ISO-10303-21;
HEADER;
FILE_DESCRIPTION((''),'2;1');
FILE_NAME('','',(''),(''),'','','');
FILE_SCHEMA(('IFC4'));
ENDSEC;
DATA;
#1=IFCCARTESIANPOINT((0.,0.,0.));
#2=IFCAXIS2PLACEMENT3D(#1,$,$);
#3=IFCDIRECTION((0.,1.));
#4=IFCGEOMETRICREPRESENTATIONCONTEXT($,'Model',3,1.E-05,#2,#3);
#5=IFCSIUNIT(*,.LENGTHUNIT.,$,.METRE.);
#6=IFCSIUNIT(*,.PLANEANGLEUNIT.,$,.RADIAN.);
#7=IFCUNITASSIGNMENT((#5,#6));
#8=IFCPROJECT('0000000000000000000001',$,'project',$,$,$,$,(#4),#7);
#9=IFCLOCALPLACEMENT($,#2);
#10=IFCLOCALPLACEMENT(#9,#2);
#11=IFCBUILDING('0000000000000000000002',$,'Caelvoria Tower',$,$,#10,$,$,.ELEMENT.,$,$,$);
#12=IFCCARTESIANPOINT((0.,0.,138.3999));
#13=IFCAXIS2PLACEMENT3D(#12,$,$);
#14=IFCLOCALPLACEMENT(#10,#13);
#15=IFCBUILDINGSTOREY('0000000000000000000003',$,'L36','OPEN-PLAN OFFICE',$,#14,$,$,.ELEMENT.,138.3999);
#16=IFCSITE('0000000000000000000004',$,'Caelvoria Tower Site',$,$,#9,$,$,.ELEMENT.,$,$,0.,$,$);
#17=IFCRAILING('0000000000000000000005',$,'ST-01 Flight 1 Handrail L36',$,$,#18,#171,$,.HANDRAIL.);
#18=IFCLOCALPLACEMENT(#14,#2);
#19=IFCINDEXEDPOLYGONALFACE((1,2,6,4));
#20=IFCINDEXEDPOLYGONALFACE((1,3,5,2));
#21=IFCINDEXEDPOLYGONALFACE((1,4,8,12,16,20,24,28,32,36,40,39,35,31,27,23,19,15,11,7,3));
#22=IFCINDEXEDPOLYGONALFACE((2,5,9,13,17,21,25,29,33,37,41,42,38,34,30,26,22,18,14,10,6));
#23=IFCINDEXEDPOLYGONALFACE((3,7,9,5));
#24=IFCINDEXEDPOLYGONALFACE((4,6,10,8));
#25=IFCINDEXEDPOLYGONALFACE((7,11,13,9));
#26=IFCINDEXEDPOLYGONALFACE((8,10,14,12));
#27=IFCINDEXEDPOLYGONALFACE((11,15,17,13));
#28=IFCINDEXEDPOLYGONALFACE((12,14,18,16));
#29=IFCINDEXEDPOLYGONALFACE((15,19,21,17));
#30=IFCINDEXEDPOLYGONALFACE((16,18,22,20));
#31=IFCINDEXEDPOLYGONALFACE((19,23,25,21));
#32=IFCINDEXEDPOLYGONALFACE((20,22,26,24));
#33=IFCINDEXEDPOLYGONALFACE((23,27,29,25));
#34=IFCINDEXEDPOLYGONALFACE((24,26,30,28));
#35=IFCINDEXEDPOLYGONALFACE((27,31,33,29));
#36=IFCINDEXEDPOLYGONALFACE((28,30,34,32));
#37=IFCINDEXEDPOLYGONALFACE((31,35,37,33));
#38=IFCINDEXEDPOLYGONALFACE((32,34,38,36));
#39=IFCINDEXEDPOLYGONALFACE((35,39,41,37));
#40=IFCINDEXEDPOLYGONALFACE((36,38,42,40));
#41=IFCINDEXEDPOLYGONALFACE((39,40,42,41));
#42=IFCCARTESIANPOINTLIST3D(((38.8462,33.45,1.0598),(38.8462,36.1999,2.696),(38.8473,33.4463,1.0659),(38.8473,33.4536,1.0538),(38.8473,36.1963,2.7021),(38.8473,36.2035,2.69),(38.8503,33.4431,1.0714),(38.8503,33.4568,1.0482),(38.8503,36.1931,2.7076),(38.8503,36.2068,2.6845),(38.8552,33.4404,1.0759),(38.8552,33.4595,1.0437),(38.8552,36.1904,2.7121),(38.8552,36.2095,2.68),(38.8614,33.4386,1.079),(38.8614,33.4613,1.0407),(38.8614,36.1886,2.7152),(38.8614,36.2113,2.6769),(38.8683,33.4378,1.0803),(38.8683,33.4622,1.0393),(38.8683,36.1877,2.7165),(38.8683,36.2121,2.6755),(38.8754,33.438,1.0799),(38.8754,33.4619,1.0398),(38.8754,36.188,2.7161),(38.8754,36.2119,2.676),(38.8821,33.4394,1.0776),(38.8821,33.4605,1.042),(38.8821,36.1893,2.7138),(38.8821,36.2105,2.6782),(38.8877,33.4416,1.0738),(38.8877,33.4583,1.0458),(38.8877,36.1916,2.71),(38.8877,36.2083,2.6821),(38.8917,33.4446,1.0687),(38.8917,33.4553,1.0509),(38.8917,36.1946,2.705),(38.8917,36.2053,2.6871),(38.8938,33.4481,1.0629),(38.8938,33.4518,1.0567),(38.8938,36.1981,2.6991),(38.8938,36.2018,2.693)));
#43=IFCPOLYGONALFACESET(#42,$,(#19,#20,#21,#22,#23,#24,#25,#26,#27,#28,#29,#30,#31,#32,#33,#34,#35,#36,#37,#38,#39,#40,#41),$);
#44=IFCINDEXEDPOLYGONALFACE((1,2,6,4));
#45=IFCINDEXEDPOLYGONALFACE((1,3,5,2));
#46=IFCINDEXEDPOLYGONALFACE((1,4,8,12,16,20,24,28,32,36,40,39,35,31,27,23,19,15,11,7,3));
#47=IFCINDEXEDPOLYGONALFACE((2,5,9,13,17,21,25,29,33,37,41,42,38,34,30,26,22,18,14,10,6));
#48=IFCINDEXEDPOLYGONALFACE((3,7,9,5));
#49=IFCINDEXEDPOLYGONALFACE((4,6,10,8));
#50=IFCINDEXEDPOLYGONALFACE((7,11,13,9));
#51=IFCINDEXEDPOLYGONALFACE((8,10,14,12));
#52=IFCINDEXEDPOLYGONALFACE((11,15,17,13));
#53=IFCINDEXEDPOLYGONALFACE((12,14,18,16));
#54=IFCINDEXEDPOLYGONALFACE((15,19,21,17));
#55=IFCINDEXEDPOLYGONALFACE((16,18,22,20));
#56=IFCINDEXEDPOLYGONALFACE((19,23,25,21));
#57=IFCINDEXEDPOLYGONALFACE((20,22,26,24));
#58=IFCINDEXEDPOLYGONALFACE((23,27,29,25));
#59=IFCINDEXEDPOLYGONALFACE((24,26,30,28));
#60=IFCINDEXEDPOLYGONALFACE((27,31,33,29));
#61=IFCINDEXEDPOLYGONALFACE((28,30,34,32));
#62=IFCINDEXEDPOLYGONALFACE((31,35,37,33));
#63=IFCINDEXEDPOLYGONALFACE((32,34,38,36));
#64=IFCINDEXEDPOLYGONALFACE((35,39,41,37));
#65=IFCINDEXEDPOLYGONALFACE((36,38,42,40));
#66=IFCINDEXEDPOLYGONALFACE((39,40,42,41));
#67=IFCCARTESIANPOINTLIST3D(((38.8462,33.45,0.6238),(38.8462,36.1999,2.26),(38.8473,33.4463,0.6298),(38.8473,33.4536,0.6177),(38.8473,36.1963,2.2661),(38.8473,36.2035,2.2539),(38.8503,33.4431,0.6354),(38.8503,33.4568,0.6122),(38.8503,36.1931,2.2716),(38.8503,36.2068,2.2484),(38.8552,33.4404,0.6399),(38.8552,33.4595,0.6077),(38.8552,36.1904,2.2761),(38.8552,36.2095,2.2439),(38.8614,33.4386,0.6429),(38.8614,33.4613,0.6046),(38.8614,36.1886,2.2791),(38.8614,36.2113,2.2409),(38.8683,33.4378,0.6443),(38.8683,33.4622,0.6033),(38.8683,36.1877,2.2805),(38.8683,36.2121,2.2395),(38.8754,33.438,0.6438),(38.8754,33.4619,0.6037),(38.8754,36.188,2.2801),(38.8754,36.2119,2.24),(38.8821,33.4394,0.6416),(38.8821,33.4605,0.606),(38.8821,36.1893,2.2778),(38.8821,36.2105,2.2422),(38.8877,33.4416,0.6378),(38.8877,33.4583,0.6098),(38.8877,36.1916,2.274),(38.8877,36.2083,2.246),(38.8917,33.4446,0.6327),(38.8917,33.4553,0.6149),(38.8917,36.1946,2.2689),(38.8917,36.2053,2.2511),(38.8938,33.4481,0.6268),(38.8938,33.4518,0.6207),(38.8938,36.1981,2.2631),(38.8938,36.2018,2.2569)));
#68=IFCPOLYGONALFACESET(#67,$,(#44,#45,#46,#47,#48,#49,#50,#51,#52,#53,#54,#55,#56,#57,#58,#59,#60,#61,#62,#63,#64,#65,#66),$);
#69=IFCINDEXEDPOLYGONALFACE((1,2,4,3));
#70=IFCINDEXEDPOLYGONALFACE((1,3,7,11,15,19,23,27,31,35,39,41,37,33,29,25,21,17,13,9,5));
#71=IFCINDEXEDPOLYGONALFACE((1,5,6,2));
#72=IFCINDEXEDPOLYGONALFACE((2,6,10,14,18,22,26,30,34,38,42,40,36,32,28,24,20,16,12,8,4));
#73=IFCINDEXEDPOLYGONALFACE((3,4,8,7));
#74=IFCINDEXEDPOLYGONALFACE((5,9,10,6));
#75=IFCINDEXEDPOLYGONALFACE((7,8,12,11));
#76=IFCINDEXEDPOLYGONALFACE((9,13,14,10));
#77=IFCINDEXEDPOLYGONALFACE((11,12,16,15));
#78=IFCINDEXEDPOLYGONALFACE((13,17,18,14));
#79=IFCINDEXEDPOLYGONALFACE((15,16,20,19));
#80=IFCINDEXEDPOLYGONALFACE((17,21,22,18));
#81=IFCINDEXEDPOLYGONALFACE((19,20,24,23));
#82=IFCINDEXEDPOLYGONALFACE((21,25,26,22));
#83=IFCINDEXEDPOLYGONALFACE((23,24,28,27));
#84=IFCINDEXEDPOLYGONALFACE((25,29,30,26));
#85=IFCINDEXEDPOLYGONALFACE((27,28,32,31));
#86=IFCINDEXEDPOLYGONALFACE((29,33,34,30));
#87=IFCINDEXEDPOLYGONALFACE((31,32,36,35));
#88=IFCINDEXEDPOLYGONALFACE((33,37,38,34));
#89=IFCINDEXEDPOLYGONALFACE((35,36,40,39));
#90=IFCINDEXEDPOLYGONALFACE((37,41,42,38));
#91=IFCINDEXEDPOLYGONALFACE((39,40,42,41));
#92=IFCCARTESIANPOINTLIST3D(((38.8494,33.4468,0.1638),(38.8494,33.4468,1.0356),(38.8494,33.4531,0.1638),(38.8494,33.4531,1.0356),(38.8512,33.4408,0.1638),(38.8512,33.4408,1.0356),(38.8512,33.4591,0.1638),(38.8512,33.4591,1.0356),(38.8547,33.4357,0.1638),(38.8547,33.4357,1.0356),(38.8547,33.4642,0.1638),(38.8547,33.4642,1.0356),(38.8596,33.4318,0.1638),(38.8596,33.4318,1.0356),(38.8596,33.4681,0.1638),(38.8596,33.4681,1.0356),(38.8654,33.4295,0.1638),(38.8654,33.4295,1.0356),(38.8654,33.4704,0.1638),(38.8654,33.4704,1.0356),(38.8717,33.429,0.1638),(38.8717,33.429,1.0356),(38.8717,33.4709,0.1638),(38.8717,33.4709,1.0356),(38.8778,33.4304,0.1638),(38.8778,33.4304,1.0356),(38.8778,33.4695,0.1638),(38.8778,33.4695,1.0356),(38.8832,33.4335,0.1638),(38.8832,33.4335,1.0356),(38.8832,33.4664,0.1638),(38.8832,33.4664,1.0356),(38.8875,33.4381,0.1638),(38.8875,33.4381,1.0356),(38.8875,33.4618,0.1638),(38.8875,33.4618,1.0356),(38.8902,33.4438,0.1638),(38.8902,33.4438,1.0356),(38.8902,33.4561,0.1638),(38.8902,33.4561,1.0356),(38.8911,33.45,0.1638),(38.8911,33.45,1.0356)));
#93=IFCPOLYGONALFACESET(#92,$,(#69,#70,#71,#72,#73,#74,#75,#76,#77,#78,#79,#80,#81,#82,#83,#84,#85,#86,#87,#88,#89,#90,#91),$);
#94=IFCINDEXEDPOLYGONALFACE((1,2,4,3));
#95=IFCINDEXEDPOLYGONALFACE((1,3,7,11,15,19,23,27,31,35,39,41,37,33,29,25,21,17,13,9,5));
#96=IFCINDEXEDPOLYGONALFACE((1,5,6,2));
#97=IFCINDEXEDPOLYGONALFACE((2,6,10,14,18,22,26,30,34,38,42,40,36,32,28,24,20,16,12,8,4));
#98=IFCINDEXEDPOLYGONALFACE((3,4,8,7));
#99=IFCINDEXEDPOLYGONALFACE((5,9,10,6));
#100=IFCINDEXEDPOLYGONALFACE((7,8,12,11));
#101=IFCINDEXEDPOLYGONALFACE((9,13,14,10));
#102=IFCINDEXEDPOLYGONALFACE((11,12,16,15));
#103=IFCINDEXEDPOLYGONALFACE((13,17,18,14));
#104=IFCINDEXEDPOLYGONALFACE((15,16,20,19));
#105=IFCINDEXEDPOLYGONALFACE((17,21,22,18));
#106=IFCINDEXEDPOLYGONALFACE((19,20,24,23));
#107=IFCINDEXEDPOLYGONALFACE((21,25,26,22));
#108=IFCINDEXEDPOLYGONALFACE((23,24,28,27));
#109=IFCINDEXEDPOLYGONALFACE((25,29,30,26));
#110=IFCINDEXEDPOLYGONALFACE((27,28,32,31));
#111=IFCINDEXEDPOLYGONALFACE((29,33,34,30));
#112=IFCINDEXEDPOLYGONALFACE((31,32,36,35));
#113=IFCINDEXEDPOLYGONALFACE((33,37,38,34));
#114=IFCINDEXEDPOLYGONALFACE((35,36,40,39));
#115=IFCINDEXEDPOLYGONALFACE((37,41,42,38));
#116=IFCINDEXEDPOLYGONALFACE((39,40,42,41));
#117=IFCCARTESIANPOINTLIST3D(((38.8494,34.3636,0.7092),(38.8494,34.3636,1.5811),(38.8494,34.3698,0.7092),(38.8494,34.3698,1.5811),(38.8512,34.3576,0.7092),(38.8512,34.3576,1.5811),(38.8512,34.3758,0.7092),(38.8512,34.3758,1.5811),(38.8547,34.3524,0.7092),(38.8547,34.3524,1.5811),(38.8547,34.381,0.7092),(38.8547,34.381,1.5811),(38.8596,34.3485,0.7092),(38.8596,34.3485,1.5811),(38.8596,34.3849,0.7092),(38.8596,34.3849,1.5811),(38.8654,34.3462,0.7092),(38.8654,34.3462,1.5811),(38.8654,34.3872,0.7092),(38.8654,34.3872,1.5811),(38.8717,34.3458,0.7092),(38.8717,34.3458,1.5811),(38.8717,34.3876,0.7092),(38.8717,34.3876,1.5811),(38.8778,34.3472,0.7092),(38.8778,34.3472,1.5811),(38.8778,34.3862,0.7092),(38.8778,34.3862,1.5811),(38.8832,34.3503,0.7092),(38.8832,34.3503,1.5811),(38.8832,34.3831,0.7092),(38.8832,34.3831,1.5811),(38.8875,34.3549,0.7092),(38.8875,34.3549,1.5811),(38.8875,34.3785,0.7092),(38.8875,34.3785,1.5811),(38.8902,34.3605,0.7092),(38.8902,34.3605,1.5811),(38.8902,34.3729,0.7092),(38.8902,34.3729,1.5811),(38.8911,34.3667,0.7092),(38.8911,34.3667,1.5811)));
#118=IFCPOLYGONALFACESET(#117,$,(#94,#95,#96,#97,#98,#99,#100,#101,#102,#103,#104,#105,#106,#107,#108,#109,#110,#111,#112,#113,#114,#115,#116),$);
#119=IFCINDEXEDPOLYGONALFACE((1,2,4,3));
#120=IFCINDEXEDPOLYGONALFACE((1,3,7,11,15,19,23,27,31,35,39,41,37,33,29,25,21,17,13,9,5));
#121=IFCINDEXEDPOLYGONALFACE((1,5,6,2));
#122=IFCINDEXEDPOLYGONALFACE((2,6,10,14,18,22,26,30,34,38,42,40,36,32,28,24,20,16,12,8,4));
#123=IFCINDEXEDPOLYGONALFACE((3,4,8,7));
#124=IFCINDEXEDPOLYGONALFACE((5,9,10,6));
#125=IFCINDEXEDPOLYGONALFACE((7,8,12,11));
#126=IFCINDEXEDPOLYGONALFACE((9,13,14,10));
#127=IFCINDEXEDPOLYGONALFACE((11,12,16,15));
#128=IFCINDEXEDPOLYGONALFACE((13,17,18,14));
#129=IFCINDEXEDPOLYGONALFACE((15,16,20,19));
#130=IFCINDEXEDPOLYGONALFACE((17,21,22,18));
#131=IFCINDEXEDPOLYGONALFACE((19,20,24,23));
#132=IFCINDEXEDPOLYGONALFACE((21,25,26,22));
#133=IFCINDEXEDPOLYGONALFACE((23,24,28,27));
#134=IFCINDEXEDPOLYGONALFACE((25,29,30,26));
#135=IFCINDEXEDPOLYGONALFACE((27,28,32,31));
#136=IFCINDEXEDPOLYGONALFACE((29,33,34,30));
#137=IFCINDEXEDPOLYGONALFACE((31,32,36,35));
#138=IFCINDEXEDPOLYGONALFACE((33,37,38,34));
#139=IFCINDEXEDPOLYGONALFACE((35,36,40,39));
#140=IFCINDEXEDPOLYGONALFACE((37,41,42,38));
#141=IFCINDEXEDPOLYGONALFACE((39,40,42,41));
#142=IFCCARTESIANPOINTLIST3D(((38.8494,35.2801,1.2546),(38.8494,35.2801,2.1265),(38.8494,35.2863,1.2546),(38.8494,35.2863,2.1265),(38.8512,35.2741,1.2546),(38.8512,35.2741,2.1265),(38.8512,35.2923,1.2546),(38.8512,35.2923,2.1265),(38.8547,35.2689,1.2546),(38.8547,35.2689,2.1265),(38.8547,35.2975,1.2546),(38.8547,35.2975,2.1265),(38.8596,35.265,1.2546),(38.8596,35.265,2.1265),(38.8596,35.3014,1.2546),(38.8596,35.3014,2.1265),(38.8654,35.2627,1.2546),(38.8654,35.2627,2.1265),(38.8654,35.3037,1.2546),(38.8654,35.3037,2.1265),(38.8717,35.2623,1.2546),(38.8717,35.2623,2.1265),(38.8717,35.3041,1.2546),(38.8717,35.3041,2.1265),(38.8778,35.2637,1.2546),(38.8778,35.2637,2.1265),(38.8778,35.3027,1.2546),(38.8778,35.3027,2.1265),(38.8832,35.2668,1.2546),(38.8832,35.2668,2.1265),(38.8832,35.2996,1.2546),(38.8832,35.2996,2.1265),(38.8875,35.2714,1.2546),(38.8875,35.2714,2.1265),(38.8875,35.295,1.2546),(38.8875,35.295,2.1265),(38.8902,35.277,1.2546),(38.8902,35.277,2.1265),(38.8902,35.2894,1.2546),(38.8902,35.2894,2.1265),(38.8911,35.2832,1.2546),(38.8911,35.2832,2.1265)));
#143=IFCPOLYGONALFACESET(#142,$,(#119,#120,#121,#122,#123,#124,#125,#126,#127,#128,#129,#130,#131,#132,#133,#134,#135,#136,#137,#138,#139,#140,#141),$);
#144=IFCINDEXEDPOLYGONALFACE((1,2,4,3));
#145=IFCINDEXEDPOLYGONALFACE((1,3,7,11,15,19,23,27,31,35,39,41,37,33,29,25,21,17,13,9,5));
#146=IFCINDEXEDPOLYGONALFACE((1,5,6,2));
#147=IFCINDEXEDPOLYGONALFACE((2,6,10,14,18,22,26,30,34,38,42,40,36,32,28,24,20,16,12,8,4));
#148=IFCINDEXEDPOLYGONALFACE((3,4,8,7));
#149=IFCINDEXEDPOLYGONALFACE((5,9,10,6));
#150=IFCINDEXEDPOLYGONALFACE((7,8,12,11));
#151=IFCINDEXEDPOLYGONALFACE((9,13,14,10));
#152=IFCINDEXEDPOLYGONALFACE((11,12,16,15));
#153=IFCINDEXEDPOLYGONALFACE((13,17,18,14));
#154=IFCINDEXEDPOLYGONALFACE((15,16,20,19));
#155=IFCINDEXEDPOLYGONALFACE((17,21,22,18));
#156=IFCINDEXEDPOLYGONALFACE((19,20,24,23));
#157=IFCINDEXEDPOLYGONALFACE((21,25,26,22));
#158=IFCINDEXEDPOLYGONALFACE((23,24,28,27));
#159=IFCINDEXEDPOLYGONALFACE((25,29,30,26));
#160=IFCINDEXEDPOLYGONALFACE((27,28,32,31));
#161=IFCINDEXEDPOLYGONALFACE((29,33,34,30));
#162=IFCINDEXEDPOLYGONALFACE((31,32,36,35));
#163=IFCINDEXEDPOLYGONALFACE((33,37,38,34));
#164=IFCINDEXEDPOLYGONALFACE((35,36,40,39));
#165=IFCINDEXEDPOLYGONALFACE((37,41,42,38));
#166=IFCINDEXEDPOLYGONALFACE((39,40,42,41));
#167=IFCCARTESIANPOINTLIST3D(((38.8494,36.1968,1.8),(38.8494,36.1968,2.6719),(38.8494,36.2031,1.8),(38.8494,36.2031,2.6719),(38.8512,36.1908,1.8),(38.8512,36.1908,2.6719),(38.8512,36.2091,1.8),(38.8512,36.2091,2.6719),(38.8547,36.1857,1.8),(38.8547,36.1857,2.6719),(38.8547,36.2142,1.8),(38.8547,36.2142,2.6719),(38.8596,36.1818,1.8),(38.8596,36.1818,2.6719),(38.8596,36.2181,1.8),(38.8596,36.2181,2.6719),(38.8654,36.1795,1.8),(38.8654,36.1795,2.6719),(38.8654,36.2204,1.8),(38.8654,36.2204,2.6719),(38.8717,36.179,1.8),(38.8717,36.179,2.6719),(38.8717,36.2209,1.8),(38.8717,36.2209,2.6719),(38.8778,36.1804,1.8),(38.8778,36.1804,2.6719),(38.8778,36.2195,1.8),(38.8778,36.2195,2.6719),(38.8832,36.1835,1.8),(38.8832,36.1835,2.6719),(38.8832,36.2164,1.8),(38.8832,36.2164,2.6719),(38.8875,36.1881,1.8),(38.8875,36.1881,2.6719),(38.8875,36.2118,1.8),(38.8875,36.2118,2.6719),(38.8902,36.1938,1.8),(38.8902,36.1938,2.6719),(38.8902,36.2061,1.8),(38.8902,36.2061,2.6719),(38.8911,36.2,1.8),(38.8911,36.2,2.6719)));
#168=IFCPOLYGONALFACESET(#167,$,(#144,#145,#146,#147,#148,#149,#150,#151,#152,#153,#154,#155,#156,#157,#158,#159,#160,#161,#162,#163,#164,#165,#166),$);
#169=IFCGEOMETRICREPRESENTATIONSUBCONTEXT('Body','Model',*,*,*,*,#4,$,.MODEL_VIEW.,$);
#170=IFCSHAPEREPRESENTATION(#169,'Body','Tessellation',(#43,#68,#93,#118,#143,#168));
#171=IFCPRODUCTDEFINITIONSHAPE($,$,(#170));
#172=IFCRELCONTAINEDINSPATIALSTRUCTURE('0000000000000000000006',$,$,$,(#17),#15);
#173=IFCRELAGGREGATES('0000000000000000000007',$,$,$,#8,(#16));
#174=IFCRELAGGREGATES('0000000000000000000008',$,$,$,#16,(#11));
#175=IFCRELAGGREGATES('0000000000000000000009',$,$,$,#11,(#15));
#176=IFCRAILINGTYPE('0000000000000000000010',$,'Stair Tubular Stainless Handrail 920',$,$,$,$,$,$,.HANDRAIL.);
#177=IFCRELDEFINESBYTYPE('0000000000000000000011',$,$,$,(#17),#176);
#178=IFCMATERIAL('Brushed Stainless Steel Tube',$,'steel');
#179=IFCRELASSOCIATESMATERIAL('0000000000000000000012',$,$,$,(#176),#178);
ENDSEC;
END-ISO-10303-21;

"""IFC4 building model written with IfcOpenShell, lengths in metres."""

from ifc_helpers import new_model, si_unit, direction, frame, origin, origin_2d, place, context, subcontext, project, spatial, circle, extrude, material, type_object, element, save


model = new_model("IFC4")

# Units and contexts
model_context = context("Model", 3, precision=1e-05, world=origin(), true_north=direction((0.0, 1.0)))
body_context = subcontext(model_context, "Body", "Model", "MODEL_VIEW")
ifc_project = project(units=[si_unit("LENGTHUNIT", "METRE"), si_unit("PLANEANGLEUNIT", "RADIAN")], contexts=[model_context])

# Site, building, storey
site_placement = place(None, origin())
site = spatial("IfcSite", under=ifc_project, at=site_placement, Name="Caelvoria Tower Site", CompositionType="ELEMENT", RefElevation=0.0)
building_placement = place(site_placement, origin())
building = spatial("IfcBuilding", under=site, at=building_placement, Name="Caelvoria Tower", CompositionType="ELEMENT")
storey_placement = place(building_placement, frame((0.0, 0.0, 138.3999)))
storey = spatial("IfcBuildingStorey", under=building, at=storey_placement, Name="L36", Description="OPEN-PLAN OFFICE", CompositionType="ELEMENT", Elevation=138.3999)

# Railing
ifc_material_1 = material(Name="Brushed Stainless Steel Tube", Category="steel")
railing_type_1 = type_object("IfcRailingType", Name="Stair Tubular Stainless Handrail 920", PredefinedType="HANDRAIL", material=ifc_material_1)
railing_1_placement = place(storey_placement, frame((38.8701, 33.45, 0.1638)))
element("IfcRailing", 1, at=railing_1_placement, inside=storey, type_object=railing_type_1, Name="ST-01 Flight 1 Handrail L36", PredefinedType="HANDRAIL", context=body_context, shape_type="SweptSolid", body=[
    extrude(circle(Radius=0.0239, at=origin_2d()), frame((0.0, 0.0, 0.896), z_axis=(0.0, 0.859385, 0.511328), x_axis=(-1.0, 0.0, 0.0)), (0.0, 0.0, 1.0), 3.2),
    extrude(circle(Radius=0.0239, at=origin_2d()), frame((0.0, 0.0, 0.46), z_axis=(0.0, 0.859385, 0.511328), x_axis=(-1.0, 0.0, 0.0)), (0.0, 0.0, 1.0), 3.2),
    extrude(circle(Radius=0.021, at=origin_2d()), origin(), (0.0, 0.0, 1.0), 0.8718),
    extrude(circle(Radius=0.021, at=origin_2d()), frame((0.0, 0.9167, 0.5454)), (0.0, 0.0, 1.0), 0.8718),
    extrude(circle(Radius=0.021, at=origin_2d()), frame((0.0, 1.8333, 1.0908)), (0.0, 0.0, 1.0), 0.8718),
    extrude(circle(Radius=0.021, at=origin_2d()), frame((0.0, 2.75, 1.6362)), (0.0, 0.0, 1.0), 0.8718),
])

save(model, "model.ifc")
